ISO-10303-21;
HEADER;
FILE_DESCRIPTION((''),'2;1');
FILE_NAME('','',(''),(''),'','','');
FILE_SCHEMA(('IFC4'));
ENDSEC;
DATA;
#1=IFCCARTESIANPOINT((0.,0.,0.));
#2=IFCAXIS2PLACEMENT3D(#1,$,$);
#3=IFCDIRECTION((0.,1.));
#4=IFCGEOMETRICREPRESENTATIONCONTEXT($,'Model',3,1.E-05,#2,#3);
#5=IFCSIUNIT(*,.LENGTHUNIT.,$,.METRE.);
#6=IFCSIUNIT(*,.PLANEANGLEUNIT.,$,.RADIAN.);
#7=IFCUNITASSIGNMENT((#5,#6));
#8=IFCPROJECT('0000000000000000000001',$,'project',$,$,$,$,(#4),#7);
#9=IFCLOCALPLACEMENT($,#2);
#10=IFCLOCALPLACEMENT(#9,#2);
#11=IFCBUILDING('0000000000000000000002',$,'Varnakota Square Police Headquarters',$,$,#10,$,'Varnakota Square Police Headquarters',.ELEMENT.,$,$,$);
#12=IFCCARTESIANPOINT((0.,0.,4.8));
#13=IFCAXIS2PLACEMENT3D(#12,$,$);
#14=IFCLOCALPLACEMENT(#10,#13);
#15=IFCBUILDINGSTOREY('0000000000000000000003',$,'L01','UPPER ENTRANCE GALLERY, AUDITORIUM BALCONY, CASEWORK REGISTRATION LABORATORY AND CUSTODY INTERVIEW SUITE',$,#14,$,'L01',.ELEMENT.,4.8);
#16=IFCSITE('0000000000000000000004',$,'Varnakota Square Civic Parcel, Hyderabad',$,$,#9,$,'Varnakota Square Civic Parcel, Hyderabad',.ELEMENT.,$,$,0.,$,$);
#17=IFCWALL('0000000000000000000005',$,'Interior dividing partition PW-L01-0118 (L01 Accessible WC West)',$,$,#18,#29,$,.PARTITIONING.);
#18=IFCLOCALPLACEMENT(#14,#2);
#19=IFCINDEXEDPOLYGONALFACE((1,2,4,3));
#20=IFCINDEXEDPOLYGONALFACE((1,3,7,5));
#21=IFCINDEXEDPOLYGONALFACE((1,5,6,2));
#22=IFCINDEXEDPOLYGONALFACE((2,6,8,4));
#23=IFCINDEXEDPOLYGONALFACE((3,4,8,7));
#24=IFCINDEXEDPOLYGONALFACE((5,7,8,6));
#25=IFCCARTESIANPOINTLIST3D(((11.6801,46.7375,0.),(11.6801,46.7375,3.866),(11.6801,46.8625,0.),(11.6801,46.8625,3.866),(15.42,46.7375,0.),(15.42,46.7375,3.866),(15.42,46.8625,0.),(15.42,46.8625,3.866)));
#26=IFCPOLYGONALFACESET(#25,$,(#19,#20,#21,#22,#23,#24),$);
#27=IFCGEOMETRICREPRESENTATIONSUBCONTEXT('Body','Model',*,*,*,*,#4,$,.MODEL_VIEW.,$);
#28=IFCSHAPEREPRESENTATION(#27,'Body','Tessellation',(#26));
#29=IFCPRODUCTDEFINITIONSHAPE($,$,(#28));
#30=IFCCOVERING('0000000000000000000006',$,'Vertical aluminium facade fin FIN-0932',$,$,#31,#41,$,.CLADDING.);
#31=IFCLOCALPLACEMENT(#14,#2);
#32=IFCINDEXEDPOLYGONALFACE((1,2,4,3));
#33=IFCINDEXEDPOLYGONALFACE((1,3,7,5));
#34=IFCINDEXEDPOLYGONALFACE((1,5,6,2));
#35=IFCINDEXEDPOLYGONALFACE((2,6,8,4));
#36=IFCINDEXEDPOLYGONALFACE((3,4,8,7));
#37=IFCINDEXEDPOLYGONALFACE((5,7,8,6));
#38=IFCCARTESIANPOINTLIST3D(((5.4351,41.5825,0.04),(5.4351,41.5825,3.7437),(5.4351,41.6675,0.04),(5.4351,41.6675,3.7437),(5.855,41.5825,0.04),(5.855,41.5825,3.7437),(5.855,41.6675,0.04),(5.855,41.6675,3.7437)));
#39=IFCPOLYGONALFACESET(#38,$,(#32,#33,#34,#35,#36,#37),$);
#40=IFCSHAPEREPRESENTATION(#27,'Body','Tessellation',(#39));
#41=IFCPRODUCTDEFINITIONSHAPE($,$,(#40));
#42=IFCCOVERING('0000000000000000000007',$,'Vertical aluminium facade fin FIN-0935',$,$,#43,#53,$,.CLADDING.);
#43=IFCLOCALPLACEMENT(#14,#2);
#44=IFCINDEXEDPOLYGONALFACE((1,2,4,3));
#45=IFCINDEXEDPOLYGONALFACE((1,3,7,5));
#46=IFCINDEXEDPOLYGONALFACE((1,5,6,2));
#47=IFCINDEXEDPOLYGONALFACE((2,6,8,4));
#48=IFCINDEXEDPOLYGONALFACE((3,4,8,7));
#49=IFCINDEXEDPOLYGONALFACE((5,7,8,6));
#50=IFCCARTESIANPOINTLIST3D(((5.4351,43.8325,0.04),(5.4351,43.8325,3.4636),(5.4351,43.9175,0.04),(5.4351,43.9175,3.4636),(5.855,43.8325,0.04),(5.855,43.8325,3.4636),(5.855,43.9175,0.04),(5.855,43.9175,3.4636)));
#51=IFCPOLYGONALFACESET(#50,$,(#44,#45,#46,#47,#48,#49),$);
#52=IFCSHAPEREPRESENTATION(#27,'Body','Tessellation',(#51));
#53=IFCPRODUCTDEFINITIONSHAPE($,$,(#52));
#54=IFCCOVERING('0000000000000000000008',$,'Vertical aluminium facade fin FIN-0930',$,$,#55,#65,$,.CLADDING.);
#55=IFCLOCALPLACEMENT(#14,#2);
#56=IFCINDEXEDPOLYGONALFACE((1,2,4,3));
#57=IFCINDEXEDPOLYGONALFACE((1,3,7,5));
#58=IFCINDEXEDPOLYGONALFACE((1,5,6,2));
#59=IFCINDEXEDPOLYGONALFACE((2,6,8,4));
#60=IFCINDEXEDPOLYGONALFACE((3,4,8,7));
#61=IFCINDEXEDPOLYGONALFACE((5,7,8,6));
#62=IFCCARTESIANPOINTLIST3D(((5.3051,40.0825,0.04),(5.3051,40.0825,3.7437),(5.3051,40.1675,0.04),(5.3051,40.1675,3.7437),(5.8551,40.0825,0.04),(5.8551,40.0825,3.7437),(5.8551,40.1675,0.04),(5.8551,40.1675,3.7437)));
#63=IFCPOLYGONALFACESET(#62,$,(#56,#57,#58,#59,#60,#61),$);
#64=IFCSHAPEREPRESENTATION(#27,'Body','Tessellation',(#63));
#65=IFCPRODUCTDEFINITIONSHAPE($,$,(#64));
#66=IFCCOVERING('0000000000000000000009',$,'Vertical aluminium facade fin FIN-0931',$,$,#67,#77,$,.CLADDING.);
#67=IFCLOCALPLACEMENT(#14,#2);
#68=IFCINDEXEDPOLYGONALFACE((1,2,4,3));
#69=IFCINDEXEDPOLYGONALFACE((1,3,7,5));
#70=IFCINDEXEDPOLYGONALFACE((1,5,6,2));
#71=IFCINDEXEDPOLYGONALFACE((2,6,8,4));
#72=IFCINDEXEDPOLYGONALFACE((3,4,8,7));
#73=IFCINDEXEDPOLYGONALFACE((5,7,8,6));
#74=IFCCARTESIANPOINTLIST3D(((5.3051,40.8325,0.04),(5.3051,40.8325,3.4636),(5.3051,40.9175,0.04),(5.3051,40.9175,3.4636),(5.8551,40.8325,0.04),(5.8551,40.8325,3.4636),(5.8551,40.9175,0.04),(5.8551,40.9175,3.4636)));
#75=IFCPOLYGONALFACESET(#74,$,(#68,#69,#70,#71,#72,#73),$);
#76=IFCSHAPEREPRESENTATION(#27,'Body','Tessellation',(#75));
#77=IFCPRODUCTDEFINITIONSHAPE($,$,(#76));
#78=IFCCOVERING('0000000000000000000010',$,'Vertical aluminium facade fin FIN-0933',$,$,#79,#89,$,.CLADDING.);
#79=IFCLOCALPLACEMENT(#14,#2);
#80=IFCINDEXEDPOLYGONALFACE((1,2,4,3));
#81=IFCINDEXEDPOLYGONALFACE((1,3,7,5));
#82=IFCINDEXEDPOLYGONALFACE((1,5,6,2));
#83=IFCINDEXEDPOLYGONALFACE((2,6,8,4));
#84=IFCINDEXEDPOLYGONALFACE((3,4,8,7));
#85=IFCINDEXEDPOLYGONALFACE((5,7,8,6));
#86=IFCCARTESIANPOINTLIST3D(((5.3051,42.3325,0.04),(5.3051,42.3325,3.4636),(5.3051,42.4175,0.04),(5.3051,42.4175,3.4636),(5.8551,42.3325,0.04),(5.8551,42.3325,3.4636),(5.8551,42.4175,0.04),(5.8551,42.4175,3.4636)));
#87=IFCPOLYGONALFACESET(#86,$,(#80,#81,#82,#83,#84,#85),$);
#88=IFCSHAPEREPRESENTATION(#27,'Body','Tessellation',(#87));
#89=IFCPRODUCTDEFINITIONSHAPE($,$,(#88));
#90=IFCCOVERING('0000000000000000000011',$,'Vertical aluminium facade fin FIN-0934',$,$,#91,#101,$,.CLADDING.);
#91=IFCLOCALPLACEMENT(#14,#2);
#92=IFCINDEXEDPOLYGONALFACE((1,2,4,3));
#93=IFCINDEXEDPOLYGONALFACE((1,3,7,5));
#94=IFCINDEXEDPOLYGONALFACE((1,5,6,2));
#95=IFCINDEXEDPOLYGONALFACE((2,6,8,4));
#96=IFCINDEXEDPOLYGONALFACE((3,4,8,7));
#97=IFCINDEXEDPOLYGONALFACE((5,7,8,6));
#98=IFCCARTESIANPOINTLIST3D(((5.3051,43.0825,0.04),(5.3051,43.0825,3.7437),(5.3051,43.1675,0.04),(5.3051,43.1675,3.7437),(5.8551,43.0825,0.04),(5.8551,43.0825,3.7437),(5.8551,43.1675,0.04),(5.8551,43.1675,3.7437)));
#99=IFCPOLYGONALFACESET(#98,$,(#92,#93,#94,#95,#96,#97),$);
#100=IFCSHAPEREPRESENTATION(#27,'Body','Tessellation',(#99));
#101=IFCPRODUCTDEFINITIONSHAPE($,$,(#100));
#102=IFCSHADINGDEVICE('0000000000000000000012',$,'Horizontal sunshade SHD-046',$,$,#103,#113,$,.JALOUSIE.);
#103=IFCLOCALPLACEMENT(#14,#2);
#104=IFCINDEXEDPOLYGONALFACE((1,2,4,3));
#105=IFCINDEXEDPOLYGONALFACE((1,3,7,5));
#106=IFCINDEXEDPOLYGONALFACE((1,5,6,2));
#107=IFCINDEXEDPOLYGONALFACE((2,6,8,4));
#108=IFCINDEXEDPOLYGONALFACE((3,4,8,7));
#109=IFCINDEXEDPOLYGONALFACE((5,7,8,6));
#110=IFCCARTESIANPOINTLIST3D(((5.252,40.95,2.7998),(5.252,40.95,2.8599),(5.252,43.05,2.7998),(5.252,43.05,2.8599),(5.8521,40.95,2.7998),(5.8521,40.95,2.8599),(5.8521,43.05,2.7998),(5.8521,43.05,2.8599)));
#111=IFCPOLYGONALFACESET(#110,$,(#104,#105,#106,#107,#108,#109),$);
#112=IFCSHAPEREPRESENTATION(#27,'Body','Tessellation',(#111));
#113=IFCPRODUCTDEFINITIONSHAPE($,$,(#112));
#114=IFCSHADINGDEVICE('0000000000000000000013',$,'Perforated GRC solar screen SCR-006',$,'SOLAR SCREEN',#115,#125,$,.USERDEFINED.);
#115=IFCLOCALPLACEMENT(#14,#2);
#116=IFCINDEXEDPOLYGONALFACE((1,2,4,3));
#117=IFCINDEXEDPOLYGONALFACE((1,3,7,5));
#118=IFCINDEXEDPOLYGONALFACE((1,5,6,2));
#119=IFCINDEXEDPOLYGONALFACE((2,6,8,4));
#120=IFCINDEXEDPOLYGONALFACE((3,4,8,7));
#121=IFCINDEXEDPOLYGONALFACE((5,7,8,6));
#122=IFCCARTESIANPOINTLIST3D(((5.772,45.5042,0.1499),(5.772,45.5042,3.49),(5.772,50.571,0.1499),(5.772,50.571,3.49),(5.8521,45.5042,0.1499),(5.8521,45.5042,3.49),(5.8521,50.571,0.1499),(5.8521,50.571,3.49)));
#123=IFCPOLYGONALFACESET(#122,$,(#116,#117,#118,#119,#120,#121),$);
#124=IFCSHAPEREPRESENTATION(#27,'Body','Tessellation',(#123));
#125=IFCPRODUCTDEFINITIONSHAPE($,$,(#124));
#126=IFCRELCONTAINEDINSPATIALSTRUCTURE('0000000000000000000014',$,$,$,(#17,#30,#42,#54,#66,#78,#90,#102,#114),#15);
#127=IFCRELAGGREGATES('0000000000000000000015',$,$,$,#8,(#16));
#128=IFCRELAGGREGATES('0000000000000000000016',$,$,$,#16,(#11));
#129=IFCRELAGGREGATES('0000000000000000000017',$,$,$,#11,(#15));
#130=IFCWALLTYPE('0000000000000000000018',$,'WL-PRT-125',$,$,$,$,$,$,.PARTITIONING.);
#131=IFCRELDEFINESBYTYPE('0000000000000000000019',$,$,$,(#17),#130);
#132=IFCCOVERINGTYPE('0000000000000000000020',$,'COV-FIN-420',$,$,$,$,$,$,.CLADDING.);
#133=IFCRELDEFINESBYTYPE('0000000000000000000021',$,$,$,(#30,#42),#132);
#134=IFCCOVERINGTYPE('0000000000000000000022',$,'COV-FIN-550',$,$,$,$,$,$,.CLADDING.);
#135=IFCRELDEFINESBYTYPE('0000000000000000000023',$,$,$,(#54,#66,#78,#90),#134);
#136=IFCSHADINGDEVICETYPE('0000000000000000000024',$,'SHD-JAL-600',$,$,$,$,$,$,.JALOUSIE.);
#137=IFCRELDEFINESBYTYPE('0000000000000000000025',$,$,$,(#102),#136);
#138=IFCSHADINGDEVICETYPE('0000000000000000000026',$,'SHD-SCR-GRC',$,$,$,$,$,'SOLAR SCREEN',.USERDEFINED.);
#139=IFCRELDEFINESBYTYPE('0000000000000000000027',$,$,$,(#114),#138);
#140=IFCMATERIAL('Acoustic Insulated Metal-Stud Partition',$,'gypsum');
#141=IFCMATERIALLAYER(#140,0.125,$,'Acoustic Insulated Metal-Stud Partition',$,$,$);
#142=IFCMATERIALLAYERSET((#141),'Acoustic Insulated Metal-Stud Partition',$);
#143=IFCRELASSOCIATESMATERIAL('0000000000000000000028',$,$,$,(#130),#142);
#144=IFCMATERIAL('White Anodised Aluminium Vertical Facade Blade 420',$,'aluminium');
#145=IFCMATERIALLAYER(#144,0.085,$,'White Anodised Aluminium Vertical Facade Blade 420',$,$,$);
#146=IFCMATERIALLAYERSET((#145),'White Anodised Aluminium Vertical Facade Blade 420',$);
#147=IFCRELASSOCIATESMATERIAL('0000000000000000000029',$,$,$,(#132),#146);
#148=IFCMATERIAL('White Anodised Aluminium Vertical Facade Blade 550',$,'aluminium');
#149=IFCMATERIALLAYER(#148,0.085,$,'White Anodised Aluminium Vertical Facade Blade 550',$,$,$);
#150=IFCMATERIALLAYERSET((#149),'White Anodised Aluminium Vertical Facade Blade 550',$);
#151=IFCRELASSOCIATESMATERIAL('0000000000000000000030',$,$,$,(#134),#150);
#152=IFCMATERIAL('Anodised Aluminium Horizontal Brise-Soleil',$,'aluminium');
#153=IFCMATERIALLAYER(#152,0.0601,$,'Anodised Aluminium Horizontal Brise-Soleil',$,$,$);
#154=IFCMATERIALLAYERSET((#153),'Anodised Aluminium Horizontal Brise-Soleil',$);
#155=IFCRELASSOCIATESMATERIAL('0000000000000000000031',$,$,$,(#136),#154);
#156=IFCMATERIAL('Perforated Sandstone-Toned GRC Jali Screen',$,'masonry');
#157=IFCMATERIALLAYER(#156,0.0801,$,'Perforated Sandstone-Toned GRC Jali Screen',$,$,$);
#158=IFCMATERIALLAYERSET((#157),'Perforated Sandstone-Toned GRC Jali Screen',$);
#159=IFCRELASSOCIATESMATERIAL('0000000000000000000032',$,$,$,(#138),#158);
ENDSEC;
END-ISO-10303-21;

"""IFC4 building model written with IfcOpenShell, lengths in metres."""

from ifc_helpers import new_model, si_unit, direction, frame, frame_2d, origin, origin_2d, place, context, subcontext, project, spatial, rectangle, extrude, material, layer, layer_set, type_object, element, save


model = new_model("IFC4")

# Units and contexts
model_context = context("Model", 3, precision=1e-05, world=origin(), true_north=direction((0.0, 1.0)))
body_context = subcontext(model_context, "Body", "Model", "MODEL_VIEW")
ifc_project = project(units=[si_unit("LENGTHUNIT", "METRE"), si_unit("PLANEANGLEUNIT", "RADIAN")], contexts=[model_context])

# Site, building, storey
site_placement = place(None, origin())
site = spatial("IfcSite", under=ifc_project, at=site_placement, Name="Varnakota Square Civic Parcel, Hyderabad", LongName="Varnakota Square Civic Parcel, Hyderabad", CompositionType="ELEMENT", RefElevation=0.0)
building_placement = place(site_placement, origin())
building = spatial("IfcBuilding", under=site, at=building_placement, Name="Varnakota Square Police Headquarters", LongName="Varnakota Square Police Headquarters", CompositionType="ELEMENT")
storey_placement = place(building_placement, frame((0.0, 0.0, 4.8)))
storey = spatial("IfcBuildingStorey", under=building, at=storey_placement, Name="L01", Description="UPPER ENTRANCE GALLERY, AUDITORIUM BALCONY, CASEWORK REGISTRATION LABORATORY AND CUSTODY INTERVIEW SUITE", LongName="L01", CompositionType="ELEMENT", Elevation=4.8)

# Wall
ifc_material_1 = material(Name="Acoustic Insulated Metal-Stud Partition", Category="gypsum")
ifc_layer_1 = layer(ifc_material_1, 0.125, Name="Acoustic Insulated Metal-Stud Partition")
ifc_layer_set_1 = layer_set([ifc_layer_1], Name="Acoustic Insulated Metal-Stud Partition")
wall_type_1 = type_object("IfcWallType", Name="WL-PRT-125", PredefinedType="PARTITIONING", material=ifc_layer_set_1)
wall_1_placement = place(storey_placement, frame((11.6799, 46.8, 0.0), z_axis=(0.0, 0.0, 1.0), x_axis=(1.0, 0.0, 0.0)))
element("IfcWall", 1, at=wall_1_placement, inside=storey, type_object=wall_type_1, Name="Interior dividing partition PW-L01-0118 (L01 Accessible WC West)", PredefinedType="PARTITIONING", context=body_context, shape_type="SweptSolid", body=[
    extrude(rectangle(XDim=3.74, YDim=0.125, at=frame_2d((1.8701, 0.0))), origin(), (0.0, 0.0, 1.0), 3.866),
])

# Coverings
ifc_material_2 = material(Name="White Anodised Aluminium Vertical Facade Blade 420", Category="aluminium")
ifc_layer_2 = layer(ifc_material_2, 0.085, Name="White Anodised Aluminium Vertical Facade Blade 420")
ifc_layer_set_2 = layer_set([ifc_layer_2], Name="White Anodised Aluminium Vertical Facade Blade 420")
covering_type_1 = type_object("IfcCoveringType", Name="COV-FIN-420", PredefinedType="CLADDING", material=ifc_layer_set_2)
covering_1_placement = place(storey_placement, frame((5.645, 41.625, 0.04), z_axis=(0.0, 0.0, 1.0), x_axis=(0.0, 1.0, 0.0)))
element("IfcCovering", 2, at=covering_1_placement, inside=storey, type_object=covering_type_1, Name="Vertical aluminium facade fin FIN-0932", PredefinedType="CLADDING", context=body_context, shape_type="SweptSolid", body=[
    extrude(rectangle(XDim=0.085, YDim=0.4199, at=origin_2d()), origin(), (0.0, 0.0, 1.0), 3.7036),
])
covering_2_placement = place(storey_placement, frame((5.645, 43.875, 0.04), z_axis=(0.0, 0.0, 1.0), x_axis=(0.0, 1.0, 0.0)))
element("IfcCovering", 3, at=covering_2_placement, inside=storey, type_object=covering_type_1, Name="Vertical aluminium facade fin FIN-0935", PredefinedType="CLADDING", context=body_context, shape_type="SweptSolid", body=[
    extrude(rectangle(XDim=0.085, YDim=0.4199, at=origin_2d()), origin(), (0.0, 0.0, 1.0), 3.4236),
])
ifc_material_3 = material(Name="White Anodised Aluminium Vertical Facade Blade 550", Category="aluminium")
ifc_layer_3 = layer(ifc_material_3, 0.085, Name="White Anodised Aluminium Vertical Facade Blade 550")
ifc_layer_set_3 = layer_set([ifc_layer_3], Name="White Anodised Aluminium Vertical Facade Blade 550")
covering_type_2 = type_object("IfcCoveringType", Name="COV-FIN-550", PredefinedType="CLADDING", material=ifc_layer_set_3)
covering_3_placement = place(storey_placement, frame((5.5801, 40.125, 0.04), z_axis=(0.0, 0.0, 1.0), x_axis=(0.0, 1.0, 0.0)))
element("IfcCovering", 4, at=covering_3_placement, inside=storey, type_object=covering_type_2, Name="Vertical aluminium facade fin FIN-0930", PredefinedType="CLADDING", context=body_context, shape_type="SweptSolid", body=[
    extrude(rectangle(XDim=0.085, YDim=0.55, at=origin_2d()), origin(), (0.0, 0.0, 1.0), 3.7036),
])
for number, where, z_axis, x_axis, name in (
    (5, (5.5801, 40.875, 0.04), (0.0, 0.0, 1.0), (0.0, 1.0, 0.0), "Vertical aluminium facade fin FIN-0931"),
    (6, (5.5801, 42.375, 0.04), (0.0, 0.0, 1.0), (0.0, 1.0, 0.0), "Vertical aluminium facade fin FIN-0933"),
):
    element("IfcCovering", number, at=place(storey_placement, frame(where, z_axis=z_axis, x_axis=x_axis)), inside=storey, type_object=covering_type_2, Name=name, PredefinedType="CLADDING", context=body_context, shape_type="SweptSolid", body=[
        extrude(rectangle(XDim=0.085, YDim=0.55, at=origin_2d()), origin(), (0.0, 0.0, 1.0), 3.4236),
    ])
covering_4_placement = place(storey_placement, frame((5.5801, 43.125, 0.04), z_axis=(0.0, 0.0, 1.0), x_axis=(0.0, 1.0, 0.0)))
element("IfcCovering", 7, at=covering_4_placement, inside=storey, type_object=covering_type_2, Name="Vertical aluminium facade fin FIN-0934", PredefinedType="CLADDING", context=body_context, shape_type="SweptSolid", body=[
    extrude(rectangle(XDim=0.085, YDim=0.55, at=origin_2d()), origin(), (0.0, 0.0, 1.0), 3.7036),
])

# Shading devices
ifc_material_4 = material(Name="Anodised Aluminium Horizontal Brise-Soleil", Category="aluminium")
ifc_layer_4 = layer(ifc_material_4, 0.0601, Name="Anodised Aluminium Horizontal Brise-Soleil")
ifc_layer_set_4 = layer_set([ifc_layer_4], Name="Anodised Aluminium Horizontal Brise-Soleil")
shading_device_type_1 = type_object("IfcShadingDeviceType", Name="SHD-JAL-600", PredefinedType="JALOUSIE", material=ifc_layer_set_4)
shading_device_1_placement = place(storey_placement, frame((5.552, 42.0, 2.7998), z_axis=(0.0, 0.0, 1.0), x_axis=(0.0, 1.0, 0.0)))
element("IfcShadingDevice", 8, at=shading_device_1_placement, inside=storey, type_object=shading_device_type_1, Name="Horizontal sunshade SHD-046", PredefinedType="JALOUSIE", context=body_context, shape_type="SweptSolid", body=[
    extrude(rectangle(XDim=2.1001, YDim=0.6001, at=origin_2d()), origin(), (0.0, 0.0, 1.0), 0.0601),
])
ifc_material_5 = material(Name="Perforated Sandstone-Toned GRC Jali Screen", Category="masonry")
ifc_layer_5 = layer(ifc_material_5, 0.0801, Name="Perforated Sandstone-Toned GRC Jali Screen")
ifc_layer_set_5 = layer_set([ifc_layer_5], Name="Perforated Sandstone-Toned GRC Jali Screen")
shading_device_type_2 = type_object("IfcShadingDeviceType", Name="SHD-SCR-GRC", ElementType="SOLAR SCREEN", PredefinedType="USERDEFINED", material=ifc_layer_set_5)
shading_device_2_placement = place(storey_placement, frame((5.812, 48.0376, 0.1499), z_axis=(0.0, 0.0, 1.0), x_axis=(0.0, 1.0, 0.0)))
element("IfcShadingDevice", 9, at=shading_device_2_placement, inside=storey, type_object=shading_device_type_2, Name="Perforated GRC solar screen SCR-006", ObjectType="SOLAR SCREEN", PredefinedType="USERDEFINED", context=body_context, shape_type="SweptSolid", body=[
    extrude(rectangle(XDim=5.0669, YDim=0.0801, at=origin_2d()), origin(), (0.0, 0.0, 1.0), 3.3401),
])

save(model, "model.ifc")
